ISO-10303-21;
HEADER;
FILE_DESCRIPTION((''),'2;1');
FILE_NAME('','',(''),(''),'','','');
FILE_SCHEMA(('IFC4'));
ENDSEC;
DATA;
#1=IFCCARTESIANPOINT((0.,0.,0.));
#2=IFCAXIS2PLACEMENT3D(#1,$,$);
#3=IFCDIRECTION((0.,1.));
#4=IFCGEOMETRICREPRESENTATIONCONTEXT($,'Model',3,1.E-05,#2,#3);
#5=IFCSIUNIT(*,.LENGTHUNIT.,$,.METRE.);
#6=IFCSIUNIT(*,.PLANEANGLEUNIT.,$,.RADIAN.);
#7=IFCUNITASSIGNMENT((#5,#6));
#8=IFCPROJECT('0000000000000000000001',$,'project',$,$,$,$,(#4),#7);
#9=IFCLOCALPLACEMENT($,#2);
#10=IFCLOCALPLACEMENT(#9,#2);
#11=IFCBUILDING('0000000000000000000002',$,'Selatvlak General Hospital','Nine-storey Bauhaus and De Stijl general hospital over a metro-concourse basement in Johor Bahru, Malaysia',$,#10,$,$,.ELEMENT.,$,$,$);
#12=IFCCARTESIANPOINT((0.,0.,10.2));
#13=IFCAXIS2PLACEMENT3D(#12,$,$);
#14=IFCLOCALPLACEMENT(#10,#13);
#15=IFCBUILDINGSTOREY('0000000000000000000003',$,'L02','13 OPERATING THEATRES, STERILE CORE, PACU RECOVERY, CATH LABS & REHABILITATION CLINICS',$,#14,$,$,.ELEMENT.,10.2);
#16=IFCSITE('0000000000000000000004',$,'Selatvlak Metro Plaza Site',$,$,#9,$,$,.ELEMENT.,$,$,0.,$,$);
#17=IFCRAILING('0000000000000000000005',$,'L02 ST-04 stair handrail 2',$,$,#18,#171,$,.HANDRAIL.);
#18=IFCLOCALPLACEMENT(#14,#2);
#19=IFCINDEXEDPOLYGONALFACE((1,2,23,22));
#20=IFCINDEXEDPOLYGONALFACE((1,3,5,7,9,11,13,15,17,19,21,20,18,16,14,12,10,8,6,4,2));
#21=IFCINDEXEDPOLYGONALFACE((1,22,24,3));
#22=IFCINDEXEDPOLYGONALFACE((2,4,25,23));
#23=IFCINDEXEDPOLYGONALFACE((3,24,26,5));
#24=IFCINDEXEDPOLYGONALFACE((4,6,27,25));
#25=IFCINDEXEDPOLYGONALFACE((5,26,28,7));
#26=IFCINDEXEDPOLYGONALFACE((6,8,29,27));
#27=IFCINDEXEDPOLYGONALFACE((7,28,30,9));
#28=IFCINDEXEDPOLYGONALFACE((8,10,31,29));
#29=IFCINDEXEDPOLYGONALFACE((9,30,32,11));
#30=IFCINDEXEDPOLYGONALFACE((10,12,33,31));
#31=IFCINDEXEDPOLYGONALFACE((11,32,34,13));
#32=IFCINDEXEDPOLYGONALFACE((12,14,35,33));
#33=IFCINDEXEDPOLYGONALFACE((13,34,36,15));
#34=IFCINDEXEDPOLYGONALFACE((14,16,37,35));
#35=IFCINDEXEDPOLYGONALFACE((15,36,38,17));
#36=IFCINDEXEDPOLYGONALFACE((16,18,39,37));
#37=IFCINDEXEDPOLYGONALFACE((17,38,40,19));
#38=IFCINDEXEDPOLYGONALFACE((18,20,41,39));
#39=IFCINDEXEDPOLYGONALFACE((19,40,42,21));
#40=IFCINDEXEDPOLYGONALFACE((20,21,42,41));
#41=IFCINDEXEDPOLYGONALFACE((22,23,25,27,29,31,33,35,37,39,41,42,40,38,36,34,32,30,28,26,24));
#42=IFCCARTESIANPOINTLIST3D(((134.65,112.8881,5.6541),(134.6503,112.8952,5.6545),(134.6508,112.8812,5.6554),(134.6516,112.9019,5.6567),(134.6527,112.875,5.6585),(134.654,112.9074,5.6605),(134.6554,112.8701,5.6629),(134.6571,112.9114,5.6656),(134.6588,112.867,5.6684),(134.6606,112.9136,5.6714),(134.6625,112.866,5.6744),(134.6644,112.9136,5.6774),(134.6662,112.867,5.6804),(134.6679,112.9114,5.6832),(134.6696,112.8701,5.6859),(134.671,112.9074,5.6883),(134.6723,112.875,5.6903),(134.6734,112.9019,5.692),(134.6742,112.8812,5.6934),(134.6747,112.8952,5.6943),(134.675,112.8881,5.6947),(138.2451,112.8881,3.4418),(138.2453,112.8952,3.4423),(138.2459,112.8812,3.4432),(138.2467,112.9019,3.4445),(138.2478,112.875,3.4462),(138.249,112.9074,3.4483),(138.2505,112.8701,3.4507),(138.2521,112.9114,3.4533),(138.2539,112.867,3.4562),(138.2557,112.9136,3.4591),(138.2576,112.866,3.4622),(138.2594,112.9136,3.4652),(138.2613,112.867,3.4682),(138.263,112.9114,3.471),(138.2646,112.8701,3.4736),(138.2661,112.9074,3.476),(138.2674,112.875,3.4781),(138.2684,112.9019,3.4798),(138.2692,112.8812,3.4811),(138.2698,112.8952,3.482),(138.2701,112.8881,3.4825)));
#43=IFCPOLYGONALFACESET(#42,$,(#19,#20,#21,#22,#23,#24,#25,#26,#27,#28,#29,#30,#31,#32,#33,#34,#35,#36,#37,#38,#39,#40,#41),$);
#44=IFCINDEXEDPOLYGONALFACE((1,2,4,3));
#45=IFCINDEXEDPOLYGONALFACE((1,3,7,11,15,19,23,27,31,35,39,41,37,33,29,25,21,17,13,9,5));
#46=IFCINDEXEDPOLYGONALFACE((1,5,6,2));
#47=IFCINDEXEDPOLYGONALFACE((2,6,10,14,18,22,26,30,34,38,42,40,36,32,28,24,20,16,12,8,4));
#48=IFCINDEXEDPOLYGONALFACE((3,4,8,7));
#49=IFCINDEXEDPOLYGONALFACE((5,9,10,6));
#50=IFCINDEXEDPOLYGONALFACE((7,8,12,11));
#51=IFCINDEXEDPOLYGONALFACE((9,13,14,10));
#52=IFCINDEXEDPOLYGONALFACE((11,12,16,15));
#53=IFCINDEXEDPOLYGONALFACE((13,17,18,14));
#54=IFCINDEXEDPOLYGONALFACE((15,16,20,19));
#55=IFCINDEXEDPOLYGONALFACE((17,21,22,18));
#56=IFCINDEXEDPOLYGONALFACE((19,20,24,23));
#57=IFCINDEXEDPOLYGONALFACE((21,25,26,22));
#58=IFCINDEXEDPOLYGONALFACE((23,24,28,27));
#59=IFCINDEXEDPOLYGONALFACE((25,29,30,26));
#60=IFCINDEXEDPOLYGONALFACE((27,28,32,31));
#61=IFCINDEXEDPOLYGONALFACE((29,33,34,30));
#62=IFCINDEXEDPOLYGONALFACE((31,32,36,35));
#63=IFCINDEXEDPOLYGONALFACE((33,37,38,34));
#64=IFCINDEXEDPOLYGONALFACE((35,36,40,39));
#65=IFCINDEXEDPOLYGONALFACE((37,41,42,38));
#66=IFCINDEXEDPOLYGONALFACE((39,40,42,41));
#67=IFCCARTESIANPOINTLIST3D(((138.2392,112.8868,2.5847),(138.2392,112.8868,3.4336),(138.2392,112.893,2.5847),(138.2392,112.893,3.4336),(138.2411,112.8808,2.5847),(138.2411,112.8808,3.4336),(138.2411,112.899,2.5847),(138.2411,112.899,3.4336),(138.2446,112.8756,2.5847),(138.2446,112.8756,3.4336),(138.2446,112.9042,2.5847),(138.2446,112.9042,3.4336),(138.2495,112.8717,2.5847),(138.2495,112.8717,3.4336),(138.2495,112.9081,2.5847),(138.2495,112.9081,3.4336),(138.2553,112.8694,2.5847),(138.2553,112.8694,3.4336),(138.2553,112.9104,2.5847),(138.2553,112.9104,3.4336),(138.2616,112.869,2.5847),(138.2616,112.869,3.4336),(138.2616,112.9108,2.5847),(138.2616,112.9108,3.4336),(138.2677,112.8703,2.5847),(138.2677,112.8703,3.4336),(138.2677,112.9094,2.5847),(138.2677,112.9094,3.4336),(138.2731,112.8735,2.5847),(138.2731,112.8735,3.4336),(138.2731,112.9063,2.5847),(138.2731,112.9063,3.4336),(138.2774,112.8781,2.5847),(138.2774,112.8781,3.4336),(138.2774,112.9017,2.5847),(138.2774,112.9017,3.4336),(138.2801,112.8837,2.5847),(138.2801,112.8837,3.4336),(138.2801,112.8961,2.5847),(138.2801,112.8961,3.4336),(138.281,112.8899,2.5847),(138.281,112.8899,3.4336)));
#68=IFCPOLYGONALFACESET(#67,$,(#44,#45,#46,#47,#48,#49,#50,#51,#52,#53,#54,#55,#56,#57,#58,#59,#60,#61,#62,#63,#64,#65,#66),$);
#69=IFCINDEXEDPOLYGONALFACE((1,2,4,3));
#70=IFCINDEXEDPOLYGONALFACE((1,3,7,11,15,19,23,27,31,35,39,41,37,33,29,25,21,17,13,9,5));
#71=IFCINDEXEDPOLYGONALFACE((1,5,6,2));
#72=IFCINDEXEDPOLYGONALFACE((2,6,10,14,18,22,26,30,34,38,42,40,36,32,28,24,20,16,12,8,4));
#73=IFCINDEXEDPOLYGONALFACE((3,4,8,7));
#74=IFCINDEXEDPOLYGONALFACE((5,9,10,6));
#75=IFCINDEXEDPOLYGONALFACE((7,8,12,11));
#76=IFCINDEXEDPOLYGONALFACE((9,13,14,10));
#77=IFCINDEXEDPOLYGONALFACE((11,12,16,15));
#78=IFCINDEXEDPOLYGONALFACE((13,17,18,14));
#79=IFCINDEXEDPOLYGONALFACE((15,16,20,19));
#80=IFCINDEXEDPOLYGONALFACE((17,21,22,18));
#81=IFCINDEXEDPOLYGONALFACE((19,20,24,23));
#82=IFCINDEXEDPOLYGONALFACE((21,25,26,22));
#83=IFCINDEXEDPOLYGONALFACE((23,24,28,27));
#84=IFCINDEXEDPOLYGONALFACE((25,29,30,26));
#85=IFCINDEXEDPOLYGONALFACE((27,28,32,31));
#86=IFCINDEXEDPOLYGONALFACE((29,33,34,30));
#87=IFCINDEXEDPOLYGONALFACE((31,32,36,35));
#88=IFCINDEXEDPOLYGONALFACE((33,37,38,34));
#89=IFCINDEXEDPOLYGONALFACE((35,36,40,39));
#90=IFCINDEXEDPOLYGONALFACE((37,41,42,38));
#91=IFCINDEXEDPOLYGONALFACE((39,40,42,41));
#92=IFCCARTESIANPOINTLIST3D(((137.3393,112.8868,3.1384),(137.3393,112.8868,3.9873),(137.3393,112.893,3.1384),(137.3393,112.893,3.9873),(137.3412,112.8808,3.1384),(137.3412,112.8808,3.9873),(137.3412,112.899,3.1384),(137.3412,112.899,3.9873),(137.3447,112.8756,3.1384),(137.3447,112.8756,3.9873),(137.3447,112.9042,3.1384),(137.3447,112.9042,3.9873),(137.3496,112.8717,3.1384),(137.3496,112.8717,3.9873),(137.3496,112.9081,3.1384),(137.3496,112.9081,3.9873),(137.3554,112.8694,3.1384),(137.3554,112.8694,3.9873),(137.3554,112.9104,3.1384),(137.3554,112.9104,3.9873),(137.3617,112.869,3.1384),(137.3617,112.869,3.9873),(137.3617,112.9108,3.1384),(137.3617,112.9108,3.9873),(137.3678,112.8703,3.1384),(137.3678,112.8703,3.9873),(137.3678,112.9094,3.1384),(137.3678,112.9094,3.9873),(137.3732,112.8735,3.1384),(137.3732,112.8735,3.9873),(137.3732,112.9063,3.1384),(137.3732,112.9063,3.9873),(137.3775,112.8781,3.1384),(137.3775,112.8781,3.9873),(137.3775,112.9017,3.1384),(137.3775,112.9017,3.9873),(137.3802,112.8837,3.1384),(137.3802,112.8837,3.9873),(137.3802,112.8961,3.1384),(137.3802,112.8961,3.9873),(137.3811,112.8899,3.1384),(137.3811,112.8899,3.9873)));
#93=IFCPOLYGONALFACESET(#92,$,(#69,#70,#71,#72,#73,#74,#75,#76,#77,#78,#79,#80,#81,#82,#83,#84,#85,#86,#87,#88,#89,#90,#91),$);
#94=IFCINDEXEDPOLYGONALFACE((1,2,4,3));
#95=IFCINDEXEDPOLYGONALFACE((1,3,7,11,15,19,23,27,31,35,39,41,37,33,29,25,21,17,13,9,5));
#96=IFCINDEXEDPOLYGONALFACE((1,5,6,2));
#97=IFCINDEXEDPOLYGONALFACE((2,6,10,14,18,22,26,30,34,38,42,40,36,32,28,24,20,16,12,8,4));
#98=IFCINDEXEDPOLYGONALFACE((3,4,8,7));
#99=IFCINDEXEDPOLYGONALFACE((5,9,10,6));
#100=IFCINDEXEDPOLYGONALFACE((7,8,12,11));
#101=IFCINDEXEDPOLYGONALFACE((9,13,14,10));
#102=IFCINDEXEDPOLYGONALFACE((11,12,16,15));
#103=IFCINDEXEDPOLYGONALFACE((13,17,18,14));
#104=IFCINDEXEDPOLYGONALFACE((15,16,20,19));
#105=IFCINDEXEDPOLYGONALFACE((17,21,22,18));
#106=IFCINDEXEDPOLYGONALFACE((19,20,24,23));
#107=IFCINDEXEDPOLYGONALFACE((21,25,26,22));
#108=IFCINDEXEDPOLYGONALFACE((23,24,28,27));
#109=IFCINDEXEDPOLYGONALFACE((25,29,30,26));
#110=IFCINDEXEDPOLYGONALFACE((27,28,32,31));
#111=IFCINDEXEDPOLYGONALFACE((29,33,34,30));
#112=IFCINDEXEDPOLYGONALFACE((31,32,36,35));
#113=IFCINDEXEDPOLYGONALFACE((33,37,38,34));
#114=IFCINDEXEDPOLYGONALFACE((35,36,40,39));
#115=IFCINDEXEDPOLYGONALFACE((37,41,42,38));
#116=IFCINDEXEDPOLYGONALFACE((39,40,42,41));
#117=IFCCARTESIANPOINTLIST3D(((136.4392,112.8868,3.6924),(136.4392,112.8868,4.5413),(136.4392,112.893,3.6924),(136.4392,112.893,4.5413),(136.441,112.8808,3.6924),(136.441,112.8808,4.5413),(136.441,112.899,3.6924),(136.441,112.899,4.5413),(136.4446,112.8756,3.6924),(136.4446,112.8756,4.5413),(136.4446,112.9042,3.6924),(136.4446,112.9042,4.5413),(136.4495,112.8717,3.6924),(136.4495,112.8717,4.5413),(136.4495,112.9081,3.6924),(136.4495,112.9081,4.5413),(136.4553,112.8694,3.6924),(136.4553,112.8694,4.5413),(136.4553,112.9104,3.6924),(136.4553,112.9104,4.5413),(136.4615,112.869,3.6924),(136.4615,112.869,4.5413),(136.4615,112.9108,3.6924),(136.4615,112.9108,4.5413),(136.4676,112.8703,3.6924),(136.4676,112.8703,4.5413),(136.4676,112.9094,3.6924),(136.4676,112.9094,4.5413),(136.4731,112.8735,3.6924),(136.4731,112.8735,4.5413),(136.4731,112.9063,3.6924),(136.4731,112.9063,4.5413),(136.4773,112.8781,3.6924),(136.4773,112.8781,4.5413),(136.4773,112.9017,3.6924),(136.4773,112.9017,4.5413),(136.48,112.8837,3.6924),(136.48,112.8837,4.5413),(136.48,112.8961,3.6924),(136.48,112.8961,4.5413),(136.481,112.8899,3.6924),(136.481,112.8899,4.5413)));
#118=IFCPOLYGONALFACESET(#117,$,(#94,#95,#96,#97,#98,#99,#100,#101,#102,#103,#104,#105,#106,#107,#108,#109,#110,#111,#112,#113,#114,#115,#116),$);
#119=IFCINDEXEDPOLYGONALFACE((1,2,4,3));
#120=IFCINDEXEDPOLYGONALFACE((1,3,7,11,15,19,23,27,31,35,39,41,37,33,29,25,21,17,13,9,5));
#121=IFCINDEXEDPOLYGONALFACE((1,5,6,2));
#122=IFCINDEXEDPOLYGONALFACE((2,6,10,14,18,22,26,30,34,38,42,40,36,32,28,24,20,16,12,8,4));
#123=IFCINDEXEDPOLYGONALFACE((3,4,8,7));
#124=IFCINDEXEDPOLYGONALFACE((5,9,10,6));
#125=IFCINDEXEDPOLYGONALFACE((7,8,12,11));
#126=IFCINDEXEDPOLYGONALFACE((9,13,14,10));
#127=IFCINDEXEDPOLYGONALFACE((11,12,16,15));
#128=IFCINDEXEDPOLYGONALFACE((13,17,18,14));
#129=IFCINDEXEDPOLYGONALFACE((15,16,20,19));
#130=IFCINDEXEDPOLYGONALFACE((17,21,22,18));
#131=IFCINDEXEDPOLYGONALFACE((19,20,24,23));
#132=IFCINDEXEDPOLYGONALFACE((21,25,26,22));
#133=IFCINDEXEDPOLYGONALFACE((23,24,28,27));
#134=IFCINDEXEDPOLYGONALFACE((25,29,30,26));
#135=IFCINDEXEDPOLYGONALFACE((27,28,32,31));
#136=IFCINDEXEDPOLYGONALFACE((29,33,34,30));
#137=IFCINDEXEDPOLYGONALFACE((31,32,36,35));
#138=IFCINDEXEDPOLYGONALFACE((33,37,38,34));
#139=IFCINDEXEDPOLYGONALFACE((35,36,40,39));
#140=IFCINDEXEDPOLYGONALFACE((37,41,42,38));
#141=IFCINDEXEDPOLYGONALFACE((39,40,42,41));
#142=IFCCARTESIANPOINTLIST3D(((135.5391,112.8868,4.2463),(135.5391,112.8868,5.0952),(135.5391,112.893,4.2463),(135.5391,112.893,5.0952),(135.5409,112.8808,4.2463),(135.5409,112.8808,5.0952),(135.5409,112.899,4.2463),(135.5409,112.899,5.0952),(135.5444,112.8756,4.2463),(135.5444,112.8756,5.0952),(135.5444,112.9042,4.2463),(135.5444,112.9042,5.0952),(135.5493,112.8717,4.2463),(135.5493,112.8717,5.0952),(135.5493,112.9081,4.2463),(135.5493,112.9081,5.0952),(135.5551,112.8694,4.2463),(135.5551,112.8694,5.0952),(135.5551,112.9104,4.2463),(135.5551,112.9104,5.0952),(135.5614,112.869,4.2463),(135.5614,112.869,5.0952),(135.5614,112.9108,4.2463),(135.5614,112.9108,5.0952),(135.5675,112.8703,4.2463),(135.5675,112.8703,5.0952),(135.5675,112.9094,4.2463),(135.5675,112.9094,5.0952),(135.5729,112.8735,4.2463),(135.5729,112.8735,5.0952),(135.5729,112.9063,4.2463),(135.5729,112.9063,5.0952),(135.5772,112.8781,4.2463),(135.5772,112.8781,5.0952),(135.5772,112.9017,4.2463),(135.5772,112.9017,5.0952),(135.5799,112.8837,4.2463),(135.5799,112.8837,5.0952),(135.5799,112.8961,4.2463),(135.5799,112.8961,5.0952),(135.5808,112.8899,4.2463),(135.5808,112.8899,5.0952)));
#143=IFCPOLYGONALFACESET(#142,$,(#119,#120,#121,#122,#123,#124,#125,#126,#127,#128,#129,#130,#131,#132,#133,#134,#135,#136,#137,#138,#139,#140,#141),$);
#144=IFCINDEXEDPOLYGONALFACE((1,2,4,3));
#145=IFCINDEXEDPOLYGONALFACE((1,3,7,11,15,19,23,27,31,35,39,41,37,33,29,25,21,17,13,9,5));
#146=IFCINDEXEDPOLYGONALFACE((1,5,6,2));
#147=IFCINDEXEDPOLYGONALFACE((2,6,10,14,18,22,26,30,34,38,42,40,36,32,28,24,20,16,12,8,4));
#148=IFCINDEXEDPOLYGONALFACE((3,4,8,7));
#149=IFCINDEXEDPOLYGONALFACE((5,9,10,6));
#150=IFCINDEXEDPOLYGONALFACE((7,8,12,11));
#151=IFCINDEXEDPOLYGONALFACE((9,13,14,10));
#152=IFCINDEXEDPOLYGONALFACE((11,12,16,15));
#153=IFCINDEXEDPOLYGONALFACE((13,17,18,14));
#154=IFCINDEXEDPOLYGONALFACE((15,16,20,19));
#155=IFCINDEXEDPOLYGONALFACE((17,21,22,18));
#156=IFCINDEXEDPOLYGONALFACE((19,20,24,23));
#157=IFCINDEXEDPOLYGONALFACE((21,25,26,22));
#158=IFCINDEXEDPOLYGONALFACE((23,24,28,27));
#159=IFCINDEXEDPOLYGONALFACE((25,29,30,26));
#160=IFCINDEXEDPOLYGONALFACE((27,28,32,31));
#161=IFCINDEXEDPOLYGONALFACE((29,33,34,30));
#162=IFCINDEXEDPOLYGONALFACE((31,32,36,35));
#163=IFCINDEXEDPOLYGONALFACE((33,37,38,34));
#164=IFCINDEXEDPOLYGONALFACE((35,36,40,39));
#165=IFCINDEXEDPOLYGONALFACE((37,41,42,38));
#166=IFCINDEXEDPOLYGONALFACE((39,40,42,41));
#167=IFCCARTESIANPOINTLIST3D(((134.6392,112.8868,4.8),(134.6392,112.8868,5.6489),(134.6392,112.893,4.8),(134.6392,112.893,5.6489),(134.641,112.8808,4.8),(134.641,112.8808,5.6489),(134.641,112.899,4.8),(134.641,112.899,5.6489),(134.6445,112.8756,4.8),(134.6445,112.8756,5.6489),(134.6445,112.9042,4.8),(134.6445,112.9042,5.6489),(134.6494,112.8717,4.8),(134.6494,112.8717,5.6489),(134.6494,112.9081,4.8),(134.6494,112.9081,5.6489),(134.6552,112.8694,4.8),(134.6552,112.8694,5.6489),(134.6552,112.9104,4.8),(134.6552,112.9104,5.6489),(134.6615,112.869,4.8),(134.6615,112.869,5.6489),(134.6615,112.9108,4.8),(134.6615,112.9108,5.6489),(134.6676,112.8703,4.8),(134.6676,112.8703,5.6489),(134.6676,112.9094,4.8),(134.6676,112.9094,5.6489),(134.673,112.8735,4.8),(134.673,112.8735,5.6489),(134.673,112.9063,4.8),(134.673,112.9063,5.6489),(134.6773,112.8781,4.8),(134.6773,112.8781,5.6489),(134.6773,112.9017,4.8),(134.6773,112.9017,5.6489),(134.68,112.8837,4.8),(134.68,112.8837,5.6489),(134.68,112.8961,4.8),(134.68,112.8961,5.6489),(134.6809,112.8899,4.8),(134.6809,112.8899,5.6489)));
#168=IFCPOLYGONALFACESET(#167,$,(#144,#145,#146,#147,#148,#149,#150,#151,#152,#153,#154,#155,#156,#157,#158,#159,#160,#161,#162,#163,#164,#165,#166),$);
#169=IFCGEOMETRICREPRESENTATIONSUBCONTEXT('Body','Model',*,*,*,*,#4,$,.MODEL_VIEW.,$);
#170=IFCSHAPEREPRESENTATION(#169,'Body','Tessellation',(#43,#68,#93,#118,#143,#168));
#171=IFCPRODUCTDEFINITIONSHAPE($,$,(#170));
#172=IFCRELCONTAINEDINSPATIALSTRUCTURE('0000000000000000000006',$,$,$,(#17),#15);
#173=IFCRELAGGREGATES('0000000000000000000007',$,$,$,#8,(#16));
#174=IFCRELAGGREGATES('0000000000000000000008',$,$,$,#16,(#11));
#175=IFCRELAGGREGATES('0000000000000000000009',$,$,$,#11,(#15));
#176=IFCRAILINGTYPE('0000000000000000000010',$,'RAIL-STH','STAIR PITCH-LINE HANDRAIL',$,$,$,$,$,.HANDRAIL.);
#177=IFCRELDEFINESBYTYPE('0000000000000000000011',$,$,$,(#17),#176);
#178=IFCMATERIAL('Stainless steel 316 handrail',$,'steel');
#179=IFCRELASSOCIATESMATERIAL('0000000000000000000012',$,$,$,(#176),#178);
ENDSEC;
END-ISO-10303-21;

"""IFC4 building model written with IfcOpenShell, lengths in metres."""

from ifc_helpers import new_model, si_unit, direction, frame, origin, origin_2d, place, context, subcontext, project, spatial, circle, extrude, material, type_object, element, save


model = new_model("IFC4")

# Units and contexts
model_context = context("Model", 3, precision=1e-05, world=origin(), true_north=direction((0.0, 1.0)))
body_context = subcontext(model_context, "Body", "Model", "MODEL_VIEW")
ifc_project = project(units=[si_unit("LENGTHUNIT", "METRE"), si_unit("PLANEANGLEUNIT", "RADIAN")], contexts=[model_context])

# Site, building, storey
site_placement = place(None, origin())
site = spatial("IfcSite", under=ifc_project, at=site_placement, Name="Selatvlak Metro Plaza Site", CompositionType="ELEMENT", RefElevation=0.0)
building_placement = place(site_placement, origin())
building = spatial("IfcBuilding", under=site, at=building_placement, Name="Selatvlak General Hospital", Description="Nine-storey Bauhaus and De Stijl general hospital over a metro-concourse basement in Johor Bahru, Malaysia", CompositionType="ELEMENT")
storey_placement = place(building_placement, frame((0.0, 0.0, 10.2)))
storey = spatial("IfcBuildingStorey", under=building, at=storey_placement, Name="L02", Description="13 OPERATING THEATRES, STERILE CORE, PACU RECOVERY, CATH LABS & REHABILITATION CLINICS", CompositionType="ELEMENT", Elevation=10.2)

# Railing
ifc_material_1 = material(Name="Stainless steel 316 handrail", Category="steel")
railing_type_1 = type_object("IfcRailingType", Name="RAIL-STH", Description="STAIR PITCH-LINE HANDRAIL", PredefinedType="HANDRAIL", material=ifc_material_1)
railing_1_placement = place(storey_placement, frame((138.26, 112.8899, 2.5847)))
element("IfcRailing", 1, at=railing_1_placement, inside=storey, type_object=railing_type_1, Name="L02 ST-04 stair handrail 2", PredefinedType="HANDRAIL", context=body_context, shape_type="SweptSolid", body=[
    extrude(circle(Radius=0.0239, at=origin_2d()), frame((-0.0024, 0.0, 0.8774), z_axis=(-0.85167, 0.0, 0.524078), x_axis=(0.0, -1.0, 0.0)), (0.0, 0.0, 1.0), 4.2212),
    extrude(circle(Radius=0.021, at=origin_2d()), origin(), (0.0, 0.0, 1.0), 0.8489),
    extrude(circle(Radius=0.021, at=origin_2d()), frame((-0.8999, 0.0, 0.5537)), (0.0, 0.0, 1.0), 0.8489),
    extrude(circle(Radius=0.021, at=origin_2d()), frame((-1.8, 0.0, 1.1077)), (0.0, 0.0, 1.0), 0.8489),
    extrude(circle(Radius=0.021, at=origin_2d()), frame((-2.7002, 0.0, 1.6616)), (0.0, 0.0, 1.0), 0.8489),
    extrude(circle(Radius=0.021, at=origin_2d()), frame((-3.6001, 0.0, 2.2153)), (0.0, 0.0, 1.0), 0.8489),
])

save(model, "model.ifc")
